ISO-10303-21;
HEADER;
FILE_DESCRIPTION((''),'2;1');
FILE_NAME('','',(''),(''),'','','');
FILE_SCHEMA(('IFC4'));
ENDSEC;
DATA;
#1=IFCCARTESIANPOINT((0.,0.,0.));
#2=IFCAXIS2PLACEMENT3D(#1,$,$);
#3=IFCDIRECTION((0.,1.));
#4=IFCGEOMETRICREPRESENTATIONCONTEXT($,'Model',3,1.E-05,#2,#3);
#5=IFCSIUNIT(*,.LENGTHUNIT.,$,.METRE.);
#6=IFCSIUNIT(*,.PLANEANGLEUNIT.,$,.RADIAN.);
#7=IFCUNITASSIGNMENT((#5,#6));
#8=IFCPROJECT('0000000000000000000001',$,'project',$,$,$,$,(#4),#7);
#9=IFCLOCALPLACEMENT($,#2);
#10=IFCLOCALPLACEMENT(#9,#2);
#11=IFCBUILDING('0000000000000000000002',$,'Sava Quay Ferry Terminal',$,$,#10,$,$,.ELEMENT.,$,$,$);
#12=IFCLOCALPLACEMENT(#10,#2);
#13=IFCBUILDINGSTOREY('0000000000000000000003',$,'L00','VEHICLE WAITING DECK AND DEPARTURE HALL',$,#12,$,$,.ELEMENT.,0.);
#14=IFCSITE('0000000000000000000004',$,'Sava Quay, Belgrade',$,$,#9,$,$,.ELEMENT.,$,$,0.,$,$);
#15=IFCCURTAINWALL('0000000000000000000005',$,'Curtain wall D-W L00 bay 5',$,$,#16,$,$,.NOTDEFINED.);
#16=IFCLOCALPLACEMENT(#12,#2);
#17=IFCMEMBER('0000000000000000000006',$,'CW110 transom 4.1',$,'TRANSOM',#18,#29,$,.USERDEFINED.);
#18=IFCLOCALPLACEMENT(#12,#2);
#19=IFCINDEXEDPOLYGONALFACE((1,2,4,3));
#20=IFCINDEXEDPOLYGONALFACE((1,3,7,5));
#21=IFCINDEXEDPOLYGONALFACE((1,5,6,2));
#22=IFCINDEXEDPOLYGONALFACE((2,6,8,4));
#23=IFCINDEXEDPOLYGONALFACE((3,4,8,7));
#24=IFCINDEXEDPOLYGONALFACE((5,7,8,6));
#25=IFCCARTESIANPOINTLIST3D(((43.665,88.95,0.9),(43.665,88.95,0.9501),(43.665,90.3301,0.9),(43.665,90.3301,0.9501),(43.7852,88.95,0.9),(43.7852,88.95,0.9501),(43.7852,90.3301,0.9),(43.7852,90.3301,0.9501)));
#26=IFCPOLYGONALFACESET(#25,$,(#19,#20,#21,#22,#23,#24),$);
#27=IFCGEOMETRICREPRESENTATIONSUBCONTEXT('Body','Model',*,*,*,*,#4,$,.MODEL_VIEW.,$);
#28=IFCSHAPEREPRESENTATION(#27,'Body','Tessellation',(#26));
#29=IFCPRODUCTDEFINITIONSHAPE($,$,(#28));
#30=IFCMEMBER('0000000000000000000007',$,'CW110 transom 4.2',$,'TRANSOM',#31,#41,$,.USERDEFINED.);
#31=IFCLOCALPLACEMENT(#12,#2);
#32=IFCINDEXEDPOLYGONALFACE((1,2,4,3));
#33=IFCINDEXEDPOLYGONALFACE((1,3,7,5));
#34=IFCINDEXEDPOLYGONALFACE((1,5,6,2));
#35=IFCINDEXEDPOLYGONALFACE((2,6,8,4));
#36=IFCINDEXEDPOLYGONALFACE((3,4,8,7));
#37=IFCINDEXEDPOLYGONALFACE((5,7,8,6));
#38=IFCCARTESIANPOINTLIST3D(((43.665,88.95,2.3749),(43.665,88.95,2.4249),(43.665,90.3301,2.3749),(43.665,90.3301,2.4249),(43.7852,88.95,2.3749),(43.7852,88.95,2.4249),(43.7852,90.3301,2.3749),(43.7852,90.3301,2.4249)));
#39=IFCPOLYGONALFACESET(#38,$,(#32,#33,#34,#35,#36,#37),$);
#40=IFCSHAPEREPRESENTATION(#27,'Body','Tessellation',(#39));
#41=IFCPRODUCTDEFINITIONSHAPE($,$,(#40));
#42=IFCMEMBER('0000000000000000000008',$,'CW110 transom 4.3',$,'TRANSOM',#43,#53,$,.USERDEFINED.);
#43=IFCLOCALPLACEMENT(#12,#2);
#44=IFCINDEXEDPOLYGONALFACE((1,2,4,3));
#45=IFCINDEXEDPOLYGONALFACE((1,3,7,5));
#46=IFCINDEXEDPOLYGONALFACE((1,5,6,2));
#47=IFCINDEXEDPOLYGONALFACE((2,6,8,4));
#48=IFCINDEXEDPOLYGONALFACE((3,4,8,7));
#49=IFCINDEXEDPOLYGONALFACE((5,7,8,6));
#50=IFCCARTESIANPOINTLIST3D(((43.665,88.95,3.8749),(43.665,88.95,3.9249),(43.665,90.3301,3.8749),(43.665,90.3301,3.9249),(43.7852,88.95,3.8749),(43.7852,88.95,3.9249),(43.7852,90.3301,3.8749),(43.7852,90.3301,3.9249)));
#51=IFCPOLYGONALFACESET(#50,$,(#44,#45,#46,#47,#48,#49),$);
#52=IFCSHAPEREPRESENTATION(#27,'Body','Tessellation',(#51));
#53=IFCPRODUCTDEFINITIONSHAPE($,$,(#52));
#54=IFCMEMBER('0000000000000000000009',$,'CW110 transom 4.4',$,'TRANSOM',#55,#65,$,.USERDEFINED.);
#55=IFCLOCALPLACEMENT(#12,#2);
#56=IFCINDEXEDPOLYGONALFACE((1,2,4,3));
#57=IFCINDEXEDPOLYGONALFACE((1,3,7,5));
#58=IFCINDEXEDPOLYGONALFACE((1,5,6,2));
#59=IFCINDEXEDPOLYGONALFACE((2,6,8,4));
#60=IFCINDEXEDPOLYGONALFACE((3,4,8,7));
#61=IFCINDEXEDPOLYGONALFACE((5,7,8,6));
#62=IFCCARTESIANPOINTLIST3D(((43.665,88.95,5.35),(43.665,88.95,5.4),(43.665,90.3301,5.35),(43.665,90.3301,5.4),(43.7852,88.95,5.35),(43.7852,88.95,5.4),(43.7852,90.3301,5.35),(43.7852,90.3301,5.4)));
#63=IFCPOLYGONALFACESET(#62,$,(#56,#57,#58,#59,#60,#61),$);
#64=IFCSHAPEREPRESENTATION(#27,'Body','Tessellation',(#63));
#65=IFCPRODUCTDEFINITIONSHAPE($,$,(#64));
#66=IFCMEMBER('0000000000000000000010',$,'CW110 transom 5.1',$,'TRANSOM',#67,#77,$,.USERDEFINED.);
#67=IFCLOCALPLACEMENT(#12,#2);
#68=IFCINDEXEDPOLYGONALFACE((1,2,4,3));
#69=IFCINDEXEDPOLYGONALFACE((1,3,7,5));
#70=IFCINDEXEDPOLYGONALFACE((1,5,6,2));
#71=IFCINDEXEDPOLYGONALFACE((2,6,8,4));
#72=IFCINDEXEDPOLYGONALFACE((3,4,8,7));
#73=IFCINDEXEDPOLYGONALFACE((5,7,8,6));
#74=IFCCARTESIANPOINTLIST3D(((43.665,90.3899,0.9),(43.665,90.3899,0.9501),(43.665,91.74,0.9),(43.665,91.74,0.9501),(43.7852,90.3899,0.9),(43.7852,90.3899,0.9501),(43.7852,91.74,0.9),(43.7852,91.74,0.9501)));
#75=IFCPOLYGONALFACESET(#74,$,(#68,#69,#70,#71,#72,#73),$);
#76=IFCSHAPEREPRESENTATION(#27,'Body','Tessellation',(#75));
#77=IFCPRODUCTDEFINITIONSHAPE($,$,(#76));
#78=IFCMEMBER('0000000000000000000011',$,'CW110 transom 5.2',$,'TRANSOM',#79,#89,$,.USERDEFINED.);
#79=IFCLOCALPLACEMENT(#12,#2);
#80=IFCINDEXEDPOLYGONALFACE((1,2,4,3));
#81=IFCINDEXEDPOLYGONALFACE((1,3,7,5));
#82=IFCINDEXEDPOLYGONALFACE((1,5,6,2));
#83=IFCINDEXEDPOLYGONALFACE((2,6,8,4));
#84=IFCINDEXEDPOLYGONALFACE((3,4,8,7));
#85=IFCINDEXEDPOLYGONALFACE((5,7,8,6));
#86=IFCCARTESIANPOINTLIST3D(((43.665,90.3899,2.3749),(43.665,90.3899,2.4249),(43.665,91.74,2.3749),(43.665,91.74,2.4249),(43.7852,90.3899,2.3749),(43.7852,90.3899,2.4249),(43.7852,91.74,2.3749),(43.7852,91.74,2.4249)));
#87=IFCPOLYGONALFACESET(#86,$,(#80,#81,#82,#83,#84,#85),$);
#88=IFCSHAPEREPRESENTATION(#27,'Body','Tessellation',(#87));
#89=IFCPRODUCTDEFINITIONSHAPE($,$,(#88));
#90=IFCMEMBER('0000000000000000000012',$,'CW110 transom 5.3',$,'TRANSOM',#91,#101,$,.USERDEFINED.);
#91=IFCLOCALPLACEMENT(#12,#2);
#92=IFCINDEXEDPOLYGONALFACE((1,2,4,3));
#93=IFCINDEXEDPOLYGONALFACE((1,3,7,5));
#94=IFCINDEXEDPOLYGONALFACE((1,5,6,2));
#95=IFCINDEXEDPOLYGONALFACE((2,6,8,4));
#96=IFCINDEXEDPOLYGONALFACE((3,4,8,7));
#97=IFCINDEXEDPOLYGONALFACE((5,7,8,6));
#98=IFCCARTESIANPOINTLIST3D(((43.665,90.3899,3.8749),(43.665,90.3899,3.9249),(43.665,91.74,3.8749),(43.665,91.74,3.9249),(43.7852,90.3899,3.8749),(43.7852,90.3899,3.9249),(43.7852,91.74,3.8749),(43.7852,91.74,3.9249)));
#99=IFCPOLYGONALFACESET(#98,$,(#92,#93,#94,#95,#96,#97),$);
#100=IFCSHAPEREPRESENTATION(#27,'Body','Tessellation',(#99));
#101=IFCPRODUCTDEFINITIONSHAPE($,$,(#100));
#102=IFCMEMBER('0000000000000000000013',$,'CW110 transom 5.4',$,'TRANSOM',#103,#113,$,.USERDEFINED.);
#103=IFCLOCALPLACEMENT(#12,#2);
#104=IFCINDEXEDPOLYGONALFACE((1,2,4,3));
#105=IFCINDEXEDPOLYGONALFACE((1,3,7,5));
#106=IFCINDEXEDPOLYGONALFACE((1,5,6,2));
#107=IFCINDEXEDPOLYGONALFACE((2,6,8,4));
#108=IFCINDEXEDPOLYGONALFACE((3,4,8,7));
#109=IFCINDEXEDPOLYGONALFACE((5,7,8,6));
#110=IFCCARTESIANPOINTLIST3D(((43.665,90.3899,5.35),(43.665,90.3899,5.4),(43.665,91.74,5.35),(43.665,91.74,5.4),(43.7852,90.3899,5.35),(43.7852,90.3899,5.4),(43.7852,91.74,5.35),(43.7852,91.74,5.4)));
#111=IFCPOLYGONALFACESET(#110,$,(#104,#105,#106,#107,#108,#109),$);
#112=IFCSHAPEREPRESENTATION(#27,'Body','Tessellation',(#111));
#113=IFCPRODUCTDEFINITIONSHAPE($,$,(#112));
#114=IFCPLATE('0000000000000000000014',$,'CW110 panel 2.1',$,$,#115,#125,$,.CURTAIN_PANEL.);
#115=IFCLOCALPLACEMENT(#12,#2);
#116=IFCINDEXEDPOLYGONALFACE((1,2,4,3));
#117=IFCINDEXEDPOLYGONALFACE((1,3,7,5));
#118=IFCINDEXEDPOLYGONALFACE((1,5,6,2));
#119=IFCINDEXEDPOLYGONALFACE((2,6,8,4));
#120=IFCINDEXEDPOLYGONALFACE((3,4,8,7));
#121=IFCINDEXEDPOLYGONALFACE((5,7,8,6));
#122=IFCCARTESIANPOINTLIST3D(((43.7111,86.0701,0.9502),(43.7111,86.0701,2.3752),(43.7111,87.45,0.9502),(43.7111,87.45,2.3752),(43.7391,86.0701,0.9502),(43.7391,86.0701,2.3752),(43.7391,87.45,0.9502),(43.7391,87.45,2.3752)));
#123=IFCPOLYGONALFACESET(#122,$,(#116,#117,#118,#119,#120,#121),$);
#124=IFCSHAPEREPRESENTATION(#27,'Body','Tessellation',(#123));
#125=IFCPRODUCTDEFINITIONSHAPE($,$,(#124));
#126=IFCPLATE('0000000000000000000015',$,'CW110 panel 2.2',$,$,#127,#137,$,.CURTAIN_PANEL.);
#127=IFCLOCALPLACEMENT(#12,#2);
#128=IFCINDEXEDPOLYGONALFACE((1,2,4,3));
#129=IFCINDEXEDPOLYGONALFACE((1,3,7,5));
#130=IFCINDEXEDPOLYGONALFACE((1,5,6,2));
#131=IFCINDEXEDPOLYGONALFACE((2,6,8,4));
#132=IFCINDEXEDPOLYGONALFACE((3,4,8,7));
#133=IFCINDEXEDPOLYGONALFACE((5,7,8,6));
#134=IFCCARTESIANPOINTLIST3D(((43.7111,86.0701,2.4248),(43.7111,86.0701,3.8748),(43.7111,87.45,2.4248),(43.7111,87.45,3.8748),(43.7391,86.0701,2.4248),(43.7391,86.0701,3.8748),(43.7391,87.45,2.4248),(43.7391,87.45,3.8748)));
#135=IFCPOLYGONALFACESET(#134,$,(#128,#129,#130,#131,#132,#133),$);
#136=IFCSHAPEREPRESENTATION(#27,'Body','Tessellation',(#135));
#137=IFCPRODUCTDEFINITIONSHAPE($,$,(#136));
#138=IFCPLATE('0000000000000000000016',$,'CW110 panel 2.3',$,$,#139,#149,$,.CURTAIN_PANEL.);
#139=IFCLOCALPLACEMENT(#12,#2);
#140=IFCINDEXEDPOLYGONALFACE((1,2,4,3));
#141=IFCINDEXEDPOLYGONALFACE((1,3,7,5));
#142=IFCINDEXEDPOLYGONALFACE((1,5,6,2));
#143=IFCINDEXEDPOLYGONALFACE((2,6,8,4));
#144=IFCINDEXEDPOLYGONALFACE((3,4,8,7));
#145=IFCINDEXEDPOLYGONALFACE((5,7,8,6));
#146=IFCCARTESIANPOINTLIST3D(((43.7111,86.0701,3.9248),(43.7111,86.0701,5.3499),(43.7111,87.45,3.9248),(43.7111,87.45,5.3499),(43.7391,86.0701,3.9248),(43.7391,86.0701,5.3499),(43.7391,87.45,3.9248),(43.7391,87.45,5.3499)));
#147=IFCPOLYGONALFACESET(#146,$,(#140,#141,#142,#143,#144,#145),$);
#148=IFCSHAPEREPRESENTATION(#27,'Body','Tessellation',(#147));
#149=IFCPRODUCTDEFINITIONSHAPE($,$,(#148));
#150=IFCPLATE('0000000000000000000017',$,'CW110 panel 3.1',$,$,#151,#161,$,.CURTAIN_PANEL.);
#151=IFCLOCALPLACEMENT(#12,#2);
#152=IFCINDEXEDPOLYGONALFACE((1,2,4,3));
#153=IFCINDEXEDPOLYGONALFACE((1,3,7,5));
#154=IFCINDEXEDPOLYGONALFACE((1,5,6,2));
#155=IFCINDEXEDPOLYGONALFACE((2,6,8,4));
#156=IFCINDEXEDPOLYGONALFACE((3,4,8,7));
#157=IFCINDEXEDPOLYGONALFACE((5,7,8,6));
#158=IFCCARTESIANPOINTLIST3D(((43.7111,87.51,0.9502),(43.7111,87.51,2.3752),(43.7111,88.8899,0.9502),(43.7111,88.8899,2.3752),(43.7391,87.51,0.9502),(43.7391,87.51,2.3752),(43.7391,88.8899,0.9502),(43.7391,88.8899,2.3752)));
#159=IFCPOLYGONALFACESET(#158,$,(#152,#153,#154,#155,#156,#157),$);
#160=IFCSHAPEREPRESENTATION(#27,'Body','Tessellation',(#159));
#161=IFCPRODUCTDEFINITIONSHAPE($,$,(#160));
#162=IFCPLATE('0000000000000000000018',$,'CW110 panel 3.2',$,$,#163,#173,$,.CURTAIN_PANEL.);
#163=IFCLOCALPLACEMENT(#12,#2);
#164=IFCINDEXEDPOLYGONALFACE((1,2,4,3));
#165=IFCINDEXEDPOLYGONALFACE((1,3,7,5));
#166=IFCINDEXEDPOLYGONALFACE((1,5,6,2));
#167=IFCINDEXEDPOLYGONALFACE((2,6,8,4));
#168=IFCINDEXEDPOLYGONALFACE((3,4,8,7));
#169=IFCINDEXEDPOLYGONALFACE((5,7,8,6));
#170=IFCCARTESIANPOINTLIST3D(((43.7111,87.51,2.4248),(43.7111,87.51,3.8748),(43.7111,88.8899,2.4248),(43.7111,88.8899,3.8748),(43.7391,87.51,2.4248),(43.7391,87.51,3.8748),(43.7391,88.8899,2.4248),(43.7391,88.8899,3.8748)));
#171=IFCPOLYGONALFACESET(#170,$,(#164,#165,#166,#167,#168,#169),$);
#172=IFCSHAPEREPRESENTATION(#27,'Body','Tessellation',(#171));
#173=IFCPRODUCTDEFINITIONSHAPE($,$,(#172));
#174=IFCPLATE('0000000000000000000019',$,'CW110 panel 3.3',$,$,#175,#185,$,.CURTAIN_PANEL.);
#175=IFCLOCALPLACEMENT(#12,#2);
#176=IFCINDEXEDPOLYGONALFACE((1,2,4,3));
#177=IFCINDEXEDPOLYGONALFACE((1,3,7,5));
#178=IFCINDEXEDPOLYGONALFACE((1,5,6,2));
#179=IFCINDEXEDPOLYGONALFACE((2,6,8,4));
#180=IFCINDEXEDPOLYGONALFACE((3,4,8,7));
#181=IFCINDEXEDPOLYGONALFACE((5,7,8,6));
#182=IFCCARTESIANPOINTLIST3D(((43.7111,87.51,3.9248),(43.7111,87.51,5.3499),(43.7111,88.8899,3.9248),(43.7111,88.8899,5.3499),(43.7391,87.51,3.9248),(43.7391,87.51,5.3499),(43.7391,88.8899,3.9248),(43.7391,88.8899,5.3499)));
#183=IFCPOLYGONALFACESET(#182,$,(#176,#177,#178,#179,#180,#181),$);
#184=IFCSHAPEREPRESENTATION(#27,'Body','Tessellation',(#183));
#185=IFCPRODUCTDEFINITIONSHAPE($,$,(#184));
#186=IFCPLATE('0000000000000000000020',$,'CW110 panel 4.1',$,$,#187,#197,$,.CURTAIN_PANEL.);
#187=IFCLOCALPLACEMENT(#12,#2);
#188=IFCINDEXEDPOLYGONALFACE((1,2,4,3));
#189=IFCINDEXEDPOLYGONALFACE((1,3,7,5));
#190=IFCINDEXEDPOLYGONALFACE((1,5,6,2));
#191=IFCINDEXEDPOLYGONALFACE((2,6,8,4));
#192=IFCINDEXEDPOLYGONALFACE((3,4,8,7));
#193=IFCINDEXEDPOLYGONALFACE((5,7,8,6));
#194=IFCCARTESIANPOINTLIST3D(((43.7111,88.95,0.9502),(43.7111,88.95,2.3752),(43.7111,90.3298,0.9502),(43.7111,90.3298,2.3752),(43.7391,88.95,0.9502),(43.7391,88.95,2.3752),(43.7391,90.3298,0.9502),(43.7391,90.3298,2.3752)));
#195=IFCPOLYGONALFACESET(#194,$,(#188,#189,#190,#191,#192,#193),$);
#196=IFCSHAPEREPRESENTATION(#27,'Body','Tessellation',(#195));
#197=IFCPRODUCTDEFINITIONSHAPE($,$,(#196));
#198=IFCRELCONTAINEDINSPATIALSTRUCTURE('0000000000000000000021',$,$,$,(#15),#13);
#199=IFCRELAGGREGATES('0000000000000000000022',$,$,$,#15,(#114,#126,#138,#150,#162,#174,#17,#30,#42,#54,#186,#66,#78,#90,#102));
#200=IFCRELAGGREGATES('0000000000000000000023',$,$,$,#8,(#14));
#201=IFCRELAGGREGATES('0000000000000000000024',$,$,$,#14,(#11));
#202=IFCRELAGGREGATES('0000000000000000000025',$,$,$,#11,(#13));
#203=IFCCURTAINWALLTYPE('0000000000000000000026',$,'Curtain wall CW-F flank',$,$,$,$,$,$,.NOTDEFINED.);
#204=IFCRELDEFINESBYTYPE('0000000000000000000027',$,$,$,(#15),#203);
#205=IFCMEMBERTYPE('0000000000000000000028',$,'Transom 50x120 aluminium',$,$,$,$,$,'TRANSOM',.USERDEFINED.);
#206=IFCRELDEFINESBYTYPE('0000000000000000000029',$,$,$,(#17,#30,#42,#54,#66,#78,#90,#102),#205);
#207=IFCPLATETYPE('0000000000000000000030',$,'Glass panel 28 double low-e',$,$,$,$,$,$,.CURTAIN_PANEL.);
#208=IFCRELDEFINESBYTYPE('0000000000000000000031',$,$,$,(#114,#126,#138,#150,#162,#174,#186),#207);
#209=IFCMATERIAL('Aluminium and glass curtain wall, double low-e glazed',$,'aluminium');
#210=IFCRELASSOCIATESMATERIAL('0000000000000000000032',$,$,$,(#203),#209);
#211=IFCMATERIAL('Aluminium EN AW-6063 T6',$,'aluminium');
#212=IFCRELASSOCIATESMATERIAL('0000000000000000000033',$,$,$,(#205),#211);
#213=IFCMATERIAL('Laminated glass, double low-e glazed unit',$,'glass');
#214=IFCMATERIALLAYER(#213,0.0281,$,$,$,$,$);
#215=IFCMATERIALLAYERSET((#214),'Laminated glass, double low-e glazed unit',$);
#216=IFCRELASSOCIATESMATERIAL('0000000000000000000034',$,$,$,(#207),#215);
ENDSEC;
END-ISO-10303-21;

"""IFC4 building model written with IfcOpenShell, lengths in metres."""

from ifc_helpers import new_model, si_unit, direction, frame, origin, origin_2d, place, context, subcontext, project, spatial, rectangle, extrude, material, layer, layer_set, material_profile, profile_set, type_object, element, aggregate, save


model = new_model("IFC4")

# Units and contexts
model_context = context("Model", 3, precision=1e-05, world=origin(), true_north=direction((0.0, 1.0)))
body_context = subcontext(model_context, "Body", "Model", "MODEL_VIEW")
ifc_project = project(units=[si_unit("LENGTHUNIT", "METRE"), si_unit("PLANEANGLEUNIT", "RADIAN")], contexts=[model_context])

# Site, building, storey
site_placement = place(None, origin())
site = spatial("IfcSite", under=ifc_project, at=site_placement, Name="Sava Quay, Belgrade", CompositionType="ELEMENT", RefElevation=0.0)
building_placement = place(site_placement, origin())
building = spatial("IfcBuilding", under=site, at=building_placement, Name="Sava Quay Ferry Terminal", CompositionType="ELEMENT")
storey_placement = place(building_placement, origin())
storey = spatial("IfcBuildingStorey", under=building, at=storey_placement, Name="L00", Description="VEHICLE WAITING DECK AND DEPARTURE HALL", CompositionType="ELEMENT", Elevation=0.0)

# Curtain wall, members, plates
ifc_material_1 = material(Name="Aluminium and glass curtain wall, double low-e glazed", Category="aluminium")
curtain_wall_type = type_object("IfcCurtainWallType", Name="Curtain wall CW-F flank", PredefinedType="NOTDEFINED", material=ifc_material_1)
curtain_wall_placement = place(storey_placement, origin())
curtain_wall = element("IfcCurtainWall", 1, at=curtain_wall_placement, inside=storey, type_object=curtain_wall_type, Name="Curtain wall D-W L00 bay 5", PredefinedType="NOTDEFINED")
ifc_material_2 = material(Name="Aluminium EN AW-6063 T6", Category="aluminium")
ifc_material_profile_1 = material_profile(ifc_material_2, rectangle(XDim=0.1201, YDim=0.05, at=origin_2d()), Name="Transom 50x120 aluminium")
ifc_profile_set_1 = profile_set([ifc_material_profile_1], Name="Aluminium EN AW-6063 T6")
member_type_1 = type_object("IfcMemberType", Name="Transom 50x120 aluminium", ElementType="TRANSOM", PredefinedType="USERDEFINED", material=ifc_profile_set_1)
member_1_placement = place(storey_placement, frame((43.7251, 88.95, 0.925), z_axis=(0.0, 1.0, 0.0), x_axis=(-1.0, 0.0, 0.0)))
member_1 = element("IfcMember", 2, at=member_1_placement, type_object=member_type_1, Name="CW110 transom 4.1", ObjectType="TRANSOM", PredefinedType="USERDEFINED", context=body_context, shape_type="SweptSolid", body=[
    extrude(rectangle(XDim=0.1201, YDim=0.05, at=origin_2d()), origin(), (0.0, 0.0, 1.0), 1.3801),
])
member_2_placement = place(storey_placement, frame((43.7251, 88.95, 2.3999), z_axis=(0.0, 1.0, 0.0), x_axis=(-1.0, 0.0, 0.0)))
member_2 = element("IfcMember", 3, at=member_2_placement, type_object=member_type_1, Name="CW110 transom 4.2", ObjectType="TRANSOM", PredefinedType="USERDEFINED", context=body_context, shape_type="SweptSolid", body=[
    extrude(rectangle(XDim=0.1201, YDim=0.05, at=origin_2d()), origin(), (0.0, 0.0, 1.0), 1.3801),
])
member_3_placement = place(storey_placement, frame((43.7251, 88.95, 3.8999), z_axis=(0.0, 1.0, 0.0), x_axis=(-1.0, 0.0, 0.0)))
member_3 = element("IfcMember", 4, at=member_3_placement, type_object=member_type_1, Name="CW110 transom 4.3", ObjectType="TRANSOM", PredefinedType="USERDEFINED", context=body_context, shape_type="SweptSolid", body=[
    extrude(rectangle(XDim=0.1201, YDim=0.05, at=origin_2d()), origin(), (0.0, 0.0, 1.0), 1.3801),
])
member_4_placement = place(storey_placement, frame((43.7251, 88.95, 5.375), z_axis=(0.0, 1.0, 0.0), x_axis=(-1.0, 0.0, 0.0)))
member_4 = element("IfcMember", 5, at=member_4_placement, type_object=member_type_1, Name="CW110 transom 4.4", ObjectType="TRANSOM", PredefinedType="USERDEFINED", context=body_context, shape_type="SweptSolid", body=[
    extrude(rectangle(XDim=0.1201, YDim=0.05, at=origin_2d()), origin(), (0.0, 0.0, 1.0), 1.3801),
])
member_5_placement = place(storey_placement, frame((43.7251, 90.3899, 0.925), z_axis=(0.0, 1.0, 0.0), x_axis=(-1.0, 0.0, 0.0)))
member_5 = element("IfcMember", 6, at=member_5_placement, type_object=member_type_1, Name="CW110 transom 5.1", ObjectType="TRANSOM", PredefinedType="USERDEFINED", context=body_context, shape_type="SweptSolid", body=[
    extrude(rectangle(XDim=0.1201, YDim=0.05, at=origin_2d()), origin(), (0.0, 0.0, 1.0), 1.3501),
])
member_6_placement = place(storey_placement, frame((43.7251, 90.3899, 2.3999), z_axis=(0.0, 1.0, 0.0), x_axis=(-1.0, 0.0, 0.0)))
member_6 = element("IfcMember", 7, at=member_6_placement, type_object=member_type_1, Name="CW110 transom 5.2", ObjectType="TRANSOM", PredefinedType="USERDEFINED", context=body_context, shape_type="SweptSolid", body=[
    extrude(rectangle(XDim=0.1201, YDim=0.05, at=origin_2d()), origin(), (0.0, 0.0, 1.0), 1.3501),
])
member_7_placement = place(storey_placement, frame((43.7251, 90.3899, 3.8999), z_axis=(0.0, 1.0, 0.0), x_axis=(-1.0, 0.0, 0.0)))
member_7 = element("IfcMember", 8, at=member_7_placement, type_object=member_type_1, Name="CW110 transom 5.3", ObjectType="TRANSOM", PredefinedType="USERDEFINED", context=body_context, shape_type="SweptSolid", body=[
    extrude(rectangle(XDim=0.1201, YDim=0.05, at=origin_2d()), origin(), (0.0, 0.0, 1.0), 1.3501),
])
member_8_placement = place(storey_placement, frame((43.7251, 90.3899, 5.375), z_axis=(0.0, 1.0, 0.0), x_axis=(-1.0, 0.0, 0.0)))
member_8 = element("IfcMember", 9, at=member_8_placement, type_object=member_type_1, Name="CW110 transom 5.4", ObjectType="TRANSOM", PredefinedType="USERDEFINED", context=body_context, shape_type="SweptSolid", body=[
    extrude(rectangle(XDim=0.1201, YDim=0.05, at=origin_2d()), origin(), (0.0, 0.0, 1.0), 1.3501),
])
ifc_material_3 = material(Name="Laminated glass, double low-e glazed unit", Category="glass")
ifc_layer_1 = layer(ifc_material_3, 0.0281)
ifc_layer_set_1 = layer_set([ifc_layer_1], Name="Laminated glass, double low-e glazed unit")
plate_type = type_object("IfcPlateType", Name="Glass panel 28 double low-e", PredefinedType="CURTAIN_PANEL", material=ifc_layer_set_1)
plate_1_placement = place(storey_placement, frame((43.7251, 86.76, 0.9502), z_axis=(0.0, 0.0, 1.0), x_axis=(0.0, 1.0, 0.0)))
plate_1 = element("IfcPlate", 10, at=plate_1_placement, type_object=plate_type, Name="CW110 panel 2.1", PredefinedType="CURTAIN_PANEL", context=body_context, shape_type="SweptSolid", body=[
    extrude(rectangle(XDim=1.3799, YDim=0.0281, at=origin_2d()), origin(), (0.0, 0.0, 1.0), 1.425),
])
plate_2_placement = place(storey_placement, frame((43.7251, 86.76, 2.4248), z_axis=(0.0, 0.0, 1.0), x_axis=(0.0, 1.0, 0.0)))
plate_2 = element("IfcPlate", 11, at=plate_2_placement, type_object=plate_type, Name="CW110 panel 2.2", PredefinedType="CURTAIN_PANEL", context=body_context, shape_type="SweptSolid", body=[
    extrude(rectangle(XDim=1.3799, YDim=0.0281, at=origin_2d()), origin(), (0.0, 0.0, 1.0), 1.45),
])
plate_3_placement = place(storey_placement, frame((43.7251, 86.76, 3.9248), z_axis=(0.0, 0.0, 1.0), x_axis=(0.0, 1.0, 0.0)))
plate_3 = element("IfcPlate", 12, at=plate_3_placement, type_object=plate_type, Name="CW110 panel 2.3", PredefinedType="CURTAIN_PANEL", context=body_context, shape_type="SweptSolid", body=[
    extrude(rectangle(XDim=1.3799, YDim=0.0281, at=origin_2d()), origin(), (0.0, 0.0, 1.0), 1.425),
])
plate_4_placement = place(storey_placement, frame((43.7251, 88.2, 0.9502), z_axis=(0.0, 0.0, 1.0), x_axis=(0.0, 1.0, 0.0)))
plate_4 = element("IfcPlate", 13, at=plate_4_placement, type_object=plate_type, Name="CW110 panel 3.1", PredefinedType="CURTAIN_PANEL", context=body_context, shape_type="SweptSolid", body=[
    extrude(rectangle(XDim=1.3799, YDim=0.0281, at=origin_2d()), origin(), (0.0, 0.0, 1.0), 1.425),
])
plate_5_placement = place(storey_placement, frame((43.7251, 88.2, 2.4248), z_axis=(0.0, 0.0, 1.0), x_axis=(0.0, 1.0, 0.0)))
plate_5 = element("IfcPlate", 14, at=plate_5_placement, type_object=plate_type, Name="CW110 panel 3.2", PredefinedType="CURTAIN_PANEL", context=body_context, shape_type="SweptSolid", body=[
    extrude(rectangle(XDim=1.3799, YDim=0.0281, at=origin_2d()), origin(), (0.0, 0.0, 1.0), 1.45),
])
plate_6_placement = place(storey_placement, frame((43.7251, 88.2, 3.9248), z_axis=(0.0, 0.0, 1.0), x_axis=(0.0, 1.0, 0.0)))
plate_6 = element("IfcPlate", 15, at=plate_6_placement, type_object=plate_type, Name="CW110 panel 3.3", PredefinedType="CURTAIN_PANEL", context=body_context, shape_type="SweptSolid", body=[
    extrude(rectangle(XDim=1.3799, YDim=0.0281, at=origin_2d()), origin(), (0.0, 0.0, 1.0), 1.425),
])
plate_7_placement = place(storey_placement, frame((43.7251, 89.6399, 0.9502), z_axis=(0.0, 0.0, 1.0), x_axis=(0.0, 1.0, 0.0)))
plate_7 = element("IfcPlate", 16, at=plate_7_placement, type_object=plate_type, Name="CW110 panel 4.1", PredefinedType="CURTAIN_PANEL", context=body_context, shape_type="SweptSolid", body=[
    extrude(rectangle(XDim=1.3799, YDim=0.0281, at=origin_2d()), origin(), (0.0, 0.0, 1.0), 1.425),
])
aggregate(curtain_wall, [plate_1, plate_2, plate_3, plate_4, plate_5, plate_6, member_1, member_2, member_3, member_4, plate_7, member_5, member_6, member_7, member_8])

save(model, "model.ifc")
